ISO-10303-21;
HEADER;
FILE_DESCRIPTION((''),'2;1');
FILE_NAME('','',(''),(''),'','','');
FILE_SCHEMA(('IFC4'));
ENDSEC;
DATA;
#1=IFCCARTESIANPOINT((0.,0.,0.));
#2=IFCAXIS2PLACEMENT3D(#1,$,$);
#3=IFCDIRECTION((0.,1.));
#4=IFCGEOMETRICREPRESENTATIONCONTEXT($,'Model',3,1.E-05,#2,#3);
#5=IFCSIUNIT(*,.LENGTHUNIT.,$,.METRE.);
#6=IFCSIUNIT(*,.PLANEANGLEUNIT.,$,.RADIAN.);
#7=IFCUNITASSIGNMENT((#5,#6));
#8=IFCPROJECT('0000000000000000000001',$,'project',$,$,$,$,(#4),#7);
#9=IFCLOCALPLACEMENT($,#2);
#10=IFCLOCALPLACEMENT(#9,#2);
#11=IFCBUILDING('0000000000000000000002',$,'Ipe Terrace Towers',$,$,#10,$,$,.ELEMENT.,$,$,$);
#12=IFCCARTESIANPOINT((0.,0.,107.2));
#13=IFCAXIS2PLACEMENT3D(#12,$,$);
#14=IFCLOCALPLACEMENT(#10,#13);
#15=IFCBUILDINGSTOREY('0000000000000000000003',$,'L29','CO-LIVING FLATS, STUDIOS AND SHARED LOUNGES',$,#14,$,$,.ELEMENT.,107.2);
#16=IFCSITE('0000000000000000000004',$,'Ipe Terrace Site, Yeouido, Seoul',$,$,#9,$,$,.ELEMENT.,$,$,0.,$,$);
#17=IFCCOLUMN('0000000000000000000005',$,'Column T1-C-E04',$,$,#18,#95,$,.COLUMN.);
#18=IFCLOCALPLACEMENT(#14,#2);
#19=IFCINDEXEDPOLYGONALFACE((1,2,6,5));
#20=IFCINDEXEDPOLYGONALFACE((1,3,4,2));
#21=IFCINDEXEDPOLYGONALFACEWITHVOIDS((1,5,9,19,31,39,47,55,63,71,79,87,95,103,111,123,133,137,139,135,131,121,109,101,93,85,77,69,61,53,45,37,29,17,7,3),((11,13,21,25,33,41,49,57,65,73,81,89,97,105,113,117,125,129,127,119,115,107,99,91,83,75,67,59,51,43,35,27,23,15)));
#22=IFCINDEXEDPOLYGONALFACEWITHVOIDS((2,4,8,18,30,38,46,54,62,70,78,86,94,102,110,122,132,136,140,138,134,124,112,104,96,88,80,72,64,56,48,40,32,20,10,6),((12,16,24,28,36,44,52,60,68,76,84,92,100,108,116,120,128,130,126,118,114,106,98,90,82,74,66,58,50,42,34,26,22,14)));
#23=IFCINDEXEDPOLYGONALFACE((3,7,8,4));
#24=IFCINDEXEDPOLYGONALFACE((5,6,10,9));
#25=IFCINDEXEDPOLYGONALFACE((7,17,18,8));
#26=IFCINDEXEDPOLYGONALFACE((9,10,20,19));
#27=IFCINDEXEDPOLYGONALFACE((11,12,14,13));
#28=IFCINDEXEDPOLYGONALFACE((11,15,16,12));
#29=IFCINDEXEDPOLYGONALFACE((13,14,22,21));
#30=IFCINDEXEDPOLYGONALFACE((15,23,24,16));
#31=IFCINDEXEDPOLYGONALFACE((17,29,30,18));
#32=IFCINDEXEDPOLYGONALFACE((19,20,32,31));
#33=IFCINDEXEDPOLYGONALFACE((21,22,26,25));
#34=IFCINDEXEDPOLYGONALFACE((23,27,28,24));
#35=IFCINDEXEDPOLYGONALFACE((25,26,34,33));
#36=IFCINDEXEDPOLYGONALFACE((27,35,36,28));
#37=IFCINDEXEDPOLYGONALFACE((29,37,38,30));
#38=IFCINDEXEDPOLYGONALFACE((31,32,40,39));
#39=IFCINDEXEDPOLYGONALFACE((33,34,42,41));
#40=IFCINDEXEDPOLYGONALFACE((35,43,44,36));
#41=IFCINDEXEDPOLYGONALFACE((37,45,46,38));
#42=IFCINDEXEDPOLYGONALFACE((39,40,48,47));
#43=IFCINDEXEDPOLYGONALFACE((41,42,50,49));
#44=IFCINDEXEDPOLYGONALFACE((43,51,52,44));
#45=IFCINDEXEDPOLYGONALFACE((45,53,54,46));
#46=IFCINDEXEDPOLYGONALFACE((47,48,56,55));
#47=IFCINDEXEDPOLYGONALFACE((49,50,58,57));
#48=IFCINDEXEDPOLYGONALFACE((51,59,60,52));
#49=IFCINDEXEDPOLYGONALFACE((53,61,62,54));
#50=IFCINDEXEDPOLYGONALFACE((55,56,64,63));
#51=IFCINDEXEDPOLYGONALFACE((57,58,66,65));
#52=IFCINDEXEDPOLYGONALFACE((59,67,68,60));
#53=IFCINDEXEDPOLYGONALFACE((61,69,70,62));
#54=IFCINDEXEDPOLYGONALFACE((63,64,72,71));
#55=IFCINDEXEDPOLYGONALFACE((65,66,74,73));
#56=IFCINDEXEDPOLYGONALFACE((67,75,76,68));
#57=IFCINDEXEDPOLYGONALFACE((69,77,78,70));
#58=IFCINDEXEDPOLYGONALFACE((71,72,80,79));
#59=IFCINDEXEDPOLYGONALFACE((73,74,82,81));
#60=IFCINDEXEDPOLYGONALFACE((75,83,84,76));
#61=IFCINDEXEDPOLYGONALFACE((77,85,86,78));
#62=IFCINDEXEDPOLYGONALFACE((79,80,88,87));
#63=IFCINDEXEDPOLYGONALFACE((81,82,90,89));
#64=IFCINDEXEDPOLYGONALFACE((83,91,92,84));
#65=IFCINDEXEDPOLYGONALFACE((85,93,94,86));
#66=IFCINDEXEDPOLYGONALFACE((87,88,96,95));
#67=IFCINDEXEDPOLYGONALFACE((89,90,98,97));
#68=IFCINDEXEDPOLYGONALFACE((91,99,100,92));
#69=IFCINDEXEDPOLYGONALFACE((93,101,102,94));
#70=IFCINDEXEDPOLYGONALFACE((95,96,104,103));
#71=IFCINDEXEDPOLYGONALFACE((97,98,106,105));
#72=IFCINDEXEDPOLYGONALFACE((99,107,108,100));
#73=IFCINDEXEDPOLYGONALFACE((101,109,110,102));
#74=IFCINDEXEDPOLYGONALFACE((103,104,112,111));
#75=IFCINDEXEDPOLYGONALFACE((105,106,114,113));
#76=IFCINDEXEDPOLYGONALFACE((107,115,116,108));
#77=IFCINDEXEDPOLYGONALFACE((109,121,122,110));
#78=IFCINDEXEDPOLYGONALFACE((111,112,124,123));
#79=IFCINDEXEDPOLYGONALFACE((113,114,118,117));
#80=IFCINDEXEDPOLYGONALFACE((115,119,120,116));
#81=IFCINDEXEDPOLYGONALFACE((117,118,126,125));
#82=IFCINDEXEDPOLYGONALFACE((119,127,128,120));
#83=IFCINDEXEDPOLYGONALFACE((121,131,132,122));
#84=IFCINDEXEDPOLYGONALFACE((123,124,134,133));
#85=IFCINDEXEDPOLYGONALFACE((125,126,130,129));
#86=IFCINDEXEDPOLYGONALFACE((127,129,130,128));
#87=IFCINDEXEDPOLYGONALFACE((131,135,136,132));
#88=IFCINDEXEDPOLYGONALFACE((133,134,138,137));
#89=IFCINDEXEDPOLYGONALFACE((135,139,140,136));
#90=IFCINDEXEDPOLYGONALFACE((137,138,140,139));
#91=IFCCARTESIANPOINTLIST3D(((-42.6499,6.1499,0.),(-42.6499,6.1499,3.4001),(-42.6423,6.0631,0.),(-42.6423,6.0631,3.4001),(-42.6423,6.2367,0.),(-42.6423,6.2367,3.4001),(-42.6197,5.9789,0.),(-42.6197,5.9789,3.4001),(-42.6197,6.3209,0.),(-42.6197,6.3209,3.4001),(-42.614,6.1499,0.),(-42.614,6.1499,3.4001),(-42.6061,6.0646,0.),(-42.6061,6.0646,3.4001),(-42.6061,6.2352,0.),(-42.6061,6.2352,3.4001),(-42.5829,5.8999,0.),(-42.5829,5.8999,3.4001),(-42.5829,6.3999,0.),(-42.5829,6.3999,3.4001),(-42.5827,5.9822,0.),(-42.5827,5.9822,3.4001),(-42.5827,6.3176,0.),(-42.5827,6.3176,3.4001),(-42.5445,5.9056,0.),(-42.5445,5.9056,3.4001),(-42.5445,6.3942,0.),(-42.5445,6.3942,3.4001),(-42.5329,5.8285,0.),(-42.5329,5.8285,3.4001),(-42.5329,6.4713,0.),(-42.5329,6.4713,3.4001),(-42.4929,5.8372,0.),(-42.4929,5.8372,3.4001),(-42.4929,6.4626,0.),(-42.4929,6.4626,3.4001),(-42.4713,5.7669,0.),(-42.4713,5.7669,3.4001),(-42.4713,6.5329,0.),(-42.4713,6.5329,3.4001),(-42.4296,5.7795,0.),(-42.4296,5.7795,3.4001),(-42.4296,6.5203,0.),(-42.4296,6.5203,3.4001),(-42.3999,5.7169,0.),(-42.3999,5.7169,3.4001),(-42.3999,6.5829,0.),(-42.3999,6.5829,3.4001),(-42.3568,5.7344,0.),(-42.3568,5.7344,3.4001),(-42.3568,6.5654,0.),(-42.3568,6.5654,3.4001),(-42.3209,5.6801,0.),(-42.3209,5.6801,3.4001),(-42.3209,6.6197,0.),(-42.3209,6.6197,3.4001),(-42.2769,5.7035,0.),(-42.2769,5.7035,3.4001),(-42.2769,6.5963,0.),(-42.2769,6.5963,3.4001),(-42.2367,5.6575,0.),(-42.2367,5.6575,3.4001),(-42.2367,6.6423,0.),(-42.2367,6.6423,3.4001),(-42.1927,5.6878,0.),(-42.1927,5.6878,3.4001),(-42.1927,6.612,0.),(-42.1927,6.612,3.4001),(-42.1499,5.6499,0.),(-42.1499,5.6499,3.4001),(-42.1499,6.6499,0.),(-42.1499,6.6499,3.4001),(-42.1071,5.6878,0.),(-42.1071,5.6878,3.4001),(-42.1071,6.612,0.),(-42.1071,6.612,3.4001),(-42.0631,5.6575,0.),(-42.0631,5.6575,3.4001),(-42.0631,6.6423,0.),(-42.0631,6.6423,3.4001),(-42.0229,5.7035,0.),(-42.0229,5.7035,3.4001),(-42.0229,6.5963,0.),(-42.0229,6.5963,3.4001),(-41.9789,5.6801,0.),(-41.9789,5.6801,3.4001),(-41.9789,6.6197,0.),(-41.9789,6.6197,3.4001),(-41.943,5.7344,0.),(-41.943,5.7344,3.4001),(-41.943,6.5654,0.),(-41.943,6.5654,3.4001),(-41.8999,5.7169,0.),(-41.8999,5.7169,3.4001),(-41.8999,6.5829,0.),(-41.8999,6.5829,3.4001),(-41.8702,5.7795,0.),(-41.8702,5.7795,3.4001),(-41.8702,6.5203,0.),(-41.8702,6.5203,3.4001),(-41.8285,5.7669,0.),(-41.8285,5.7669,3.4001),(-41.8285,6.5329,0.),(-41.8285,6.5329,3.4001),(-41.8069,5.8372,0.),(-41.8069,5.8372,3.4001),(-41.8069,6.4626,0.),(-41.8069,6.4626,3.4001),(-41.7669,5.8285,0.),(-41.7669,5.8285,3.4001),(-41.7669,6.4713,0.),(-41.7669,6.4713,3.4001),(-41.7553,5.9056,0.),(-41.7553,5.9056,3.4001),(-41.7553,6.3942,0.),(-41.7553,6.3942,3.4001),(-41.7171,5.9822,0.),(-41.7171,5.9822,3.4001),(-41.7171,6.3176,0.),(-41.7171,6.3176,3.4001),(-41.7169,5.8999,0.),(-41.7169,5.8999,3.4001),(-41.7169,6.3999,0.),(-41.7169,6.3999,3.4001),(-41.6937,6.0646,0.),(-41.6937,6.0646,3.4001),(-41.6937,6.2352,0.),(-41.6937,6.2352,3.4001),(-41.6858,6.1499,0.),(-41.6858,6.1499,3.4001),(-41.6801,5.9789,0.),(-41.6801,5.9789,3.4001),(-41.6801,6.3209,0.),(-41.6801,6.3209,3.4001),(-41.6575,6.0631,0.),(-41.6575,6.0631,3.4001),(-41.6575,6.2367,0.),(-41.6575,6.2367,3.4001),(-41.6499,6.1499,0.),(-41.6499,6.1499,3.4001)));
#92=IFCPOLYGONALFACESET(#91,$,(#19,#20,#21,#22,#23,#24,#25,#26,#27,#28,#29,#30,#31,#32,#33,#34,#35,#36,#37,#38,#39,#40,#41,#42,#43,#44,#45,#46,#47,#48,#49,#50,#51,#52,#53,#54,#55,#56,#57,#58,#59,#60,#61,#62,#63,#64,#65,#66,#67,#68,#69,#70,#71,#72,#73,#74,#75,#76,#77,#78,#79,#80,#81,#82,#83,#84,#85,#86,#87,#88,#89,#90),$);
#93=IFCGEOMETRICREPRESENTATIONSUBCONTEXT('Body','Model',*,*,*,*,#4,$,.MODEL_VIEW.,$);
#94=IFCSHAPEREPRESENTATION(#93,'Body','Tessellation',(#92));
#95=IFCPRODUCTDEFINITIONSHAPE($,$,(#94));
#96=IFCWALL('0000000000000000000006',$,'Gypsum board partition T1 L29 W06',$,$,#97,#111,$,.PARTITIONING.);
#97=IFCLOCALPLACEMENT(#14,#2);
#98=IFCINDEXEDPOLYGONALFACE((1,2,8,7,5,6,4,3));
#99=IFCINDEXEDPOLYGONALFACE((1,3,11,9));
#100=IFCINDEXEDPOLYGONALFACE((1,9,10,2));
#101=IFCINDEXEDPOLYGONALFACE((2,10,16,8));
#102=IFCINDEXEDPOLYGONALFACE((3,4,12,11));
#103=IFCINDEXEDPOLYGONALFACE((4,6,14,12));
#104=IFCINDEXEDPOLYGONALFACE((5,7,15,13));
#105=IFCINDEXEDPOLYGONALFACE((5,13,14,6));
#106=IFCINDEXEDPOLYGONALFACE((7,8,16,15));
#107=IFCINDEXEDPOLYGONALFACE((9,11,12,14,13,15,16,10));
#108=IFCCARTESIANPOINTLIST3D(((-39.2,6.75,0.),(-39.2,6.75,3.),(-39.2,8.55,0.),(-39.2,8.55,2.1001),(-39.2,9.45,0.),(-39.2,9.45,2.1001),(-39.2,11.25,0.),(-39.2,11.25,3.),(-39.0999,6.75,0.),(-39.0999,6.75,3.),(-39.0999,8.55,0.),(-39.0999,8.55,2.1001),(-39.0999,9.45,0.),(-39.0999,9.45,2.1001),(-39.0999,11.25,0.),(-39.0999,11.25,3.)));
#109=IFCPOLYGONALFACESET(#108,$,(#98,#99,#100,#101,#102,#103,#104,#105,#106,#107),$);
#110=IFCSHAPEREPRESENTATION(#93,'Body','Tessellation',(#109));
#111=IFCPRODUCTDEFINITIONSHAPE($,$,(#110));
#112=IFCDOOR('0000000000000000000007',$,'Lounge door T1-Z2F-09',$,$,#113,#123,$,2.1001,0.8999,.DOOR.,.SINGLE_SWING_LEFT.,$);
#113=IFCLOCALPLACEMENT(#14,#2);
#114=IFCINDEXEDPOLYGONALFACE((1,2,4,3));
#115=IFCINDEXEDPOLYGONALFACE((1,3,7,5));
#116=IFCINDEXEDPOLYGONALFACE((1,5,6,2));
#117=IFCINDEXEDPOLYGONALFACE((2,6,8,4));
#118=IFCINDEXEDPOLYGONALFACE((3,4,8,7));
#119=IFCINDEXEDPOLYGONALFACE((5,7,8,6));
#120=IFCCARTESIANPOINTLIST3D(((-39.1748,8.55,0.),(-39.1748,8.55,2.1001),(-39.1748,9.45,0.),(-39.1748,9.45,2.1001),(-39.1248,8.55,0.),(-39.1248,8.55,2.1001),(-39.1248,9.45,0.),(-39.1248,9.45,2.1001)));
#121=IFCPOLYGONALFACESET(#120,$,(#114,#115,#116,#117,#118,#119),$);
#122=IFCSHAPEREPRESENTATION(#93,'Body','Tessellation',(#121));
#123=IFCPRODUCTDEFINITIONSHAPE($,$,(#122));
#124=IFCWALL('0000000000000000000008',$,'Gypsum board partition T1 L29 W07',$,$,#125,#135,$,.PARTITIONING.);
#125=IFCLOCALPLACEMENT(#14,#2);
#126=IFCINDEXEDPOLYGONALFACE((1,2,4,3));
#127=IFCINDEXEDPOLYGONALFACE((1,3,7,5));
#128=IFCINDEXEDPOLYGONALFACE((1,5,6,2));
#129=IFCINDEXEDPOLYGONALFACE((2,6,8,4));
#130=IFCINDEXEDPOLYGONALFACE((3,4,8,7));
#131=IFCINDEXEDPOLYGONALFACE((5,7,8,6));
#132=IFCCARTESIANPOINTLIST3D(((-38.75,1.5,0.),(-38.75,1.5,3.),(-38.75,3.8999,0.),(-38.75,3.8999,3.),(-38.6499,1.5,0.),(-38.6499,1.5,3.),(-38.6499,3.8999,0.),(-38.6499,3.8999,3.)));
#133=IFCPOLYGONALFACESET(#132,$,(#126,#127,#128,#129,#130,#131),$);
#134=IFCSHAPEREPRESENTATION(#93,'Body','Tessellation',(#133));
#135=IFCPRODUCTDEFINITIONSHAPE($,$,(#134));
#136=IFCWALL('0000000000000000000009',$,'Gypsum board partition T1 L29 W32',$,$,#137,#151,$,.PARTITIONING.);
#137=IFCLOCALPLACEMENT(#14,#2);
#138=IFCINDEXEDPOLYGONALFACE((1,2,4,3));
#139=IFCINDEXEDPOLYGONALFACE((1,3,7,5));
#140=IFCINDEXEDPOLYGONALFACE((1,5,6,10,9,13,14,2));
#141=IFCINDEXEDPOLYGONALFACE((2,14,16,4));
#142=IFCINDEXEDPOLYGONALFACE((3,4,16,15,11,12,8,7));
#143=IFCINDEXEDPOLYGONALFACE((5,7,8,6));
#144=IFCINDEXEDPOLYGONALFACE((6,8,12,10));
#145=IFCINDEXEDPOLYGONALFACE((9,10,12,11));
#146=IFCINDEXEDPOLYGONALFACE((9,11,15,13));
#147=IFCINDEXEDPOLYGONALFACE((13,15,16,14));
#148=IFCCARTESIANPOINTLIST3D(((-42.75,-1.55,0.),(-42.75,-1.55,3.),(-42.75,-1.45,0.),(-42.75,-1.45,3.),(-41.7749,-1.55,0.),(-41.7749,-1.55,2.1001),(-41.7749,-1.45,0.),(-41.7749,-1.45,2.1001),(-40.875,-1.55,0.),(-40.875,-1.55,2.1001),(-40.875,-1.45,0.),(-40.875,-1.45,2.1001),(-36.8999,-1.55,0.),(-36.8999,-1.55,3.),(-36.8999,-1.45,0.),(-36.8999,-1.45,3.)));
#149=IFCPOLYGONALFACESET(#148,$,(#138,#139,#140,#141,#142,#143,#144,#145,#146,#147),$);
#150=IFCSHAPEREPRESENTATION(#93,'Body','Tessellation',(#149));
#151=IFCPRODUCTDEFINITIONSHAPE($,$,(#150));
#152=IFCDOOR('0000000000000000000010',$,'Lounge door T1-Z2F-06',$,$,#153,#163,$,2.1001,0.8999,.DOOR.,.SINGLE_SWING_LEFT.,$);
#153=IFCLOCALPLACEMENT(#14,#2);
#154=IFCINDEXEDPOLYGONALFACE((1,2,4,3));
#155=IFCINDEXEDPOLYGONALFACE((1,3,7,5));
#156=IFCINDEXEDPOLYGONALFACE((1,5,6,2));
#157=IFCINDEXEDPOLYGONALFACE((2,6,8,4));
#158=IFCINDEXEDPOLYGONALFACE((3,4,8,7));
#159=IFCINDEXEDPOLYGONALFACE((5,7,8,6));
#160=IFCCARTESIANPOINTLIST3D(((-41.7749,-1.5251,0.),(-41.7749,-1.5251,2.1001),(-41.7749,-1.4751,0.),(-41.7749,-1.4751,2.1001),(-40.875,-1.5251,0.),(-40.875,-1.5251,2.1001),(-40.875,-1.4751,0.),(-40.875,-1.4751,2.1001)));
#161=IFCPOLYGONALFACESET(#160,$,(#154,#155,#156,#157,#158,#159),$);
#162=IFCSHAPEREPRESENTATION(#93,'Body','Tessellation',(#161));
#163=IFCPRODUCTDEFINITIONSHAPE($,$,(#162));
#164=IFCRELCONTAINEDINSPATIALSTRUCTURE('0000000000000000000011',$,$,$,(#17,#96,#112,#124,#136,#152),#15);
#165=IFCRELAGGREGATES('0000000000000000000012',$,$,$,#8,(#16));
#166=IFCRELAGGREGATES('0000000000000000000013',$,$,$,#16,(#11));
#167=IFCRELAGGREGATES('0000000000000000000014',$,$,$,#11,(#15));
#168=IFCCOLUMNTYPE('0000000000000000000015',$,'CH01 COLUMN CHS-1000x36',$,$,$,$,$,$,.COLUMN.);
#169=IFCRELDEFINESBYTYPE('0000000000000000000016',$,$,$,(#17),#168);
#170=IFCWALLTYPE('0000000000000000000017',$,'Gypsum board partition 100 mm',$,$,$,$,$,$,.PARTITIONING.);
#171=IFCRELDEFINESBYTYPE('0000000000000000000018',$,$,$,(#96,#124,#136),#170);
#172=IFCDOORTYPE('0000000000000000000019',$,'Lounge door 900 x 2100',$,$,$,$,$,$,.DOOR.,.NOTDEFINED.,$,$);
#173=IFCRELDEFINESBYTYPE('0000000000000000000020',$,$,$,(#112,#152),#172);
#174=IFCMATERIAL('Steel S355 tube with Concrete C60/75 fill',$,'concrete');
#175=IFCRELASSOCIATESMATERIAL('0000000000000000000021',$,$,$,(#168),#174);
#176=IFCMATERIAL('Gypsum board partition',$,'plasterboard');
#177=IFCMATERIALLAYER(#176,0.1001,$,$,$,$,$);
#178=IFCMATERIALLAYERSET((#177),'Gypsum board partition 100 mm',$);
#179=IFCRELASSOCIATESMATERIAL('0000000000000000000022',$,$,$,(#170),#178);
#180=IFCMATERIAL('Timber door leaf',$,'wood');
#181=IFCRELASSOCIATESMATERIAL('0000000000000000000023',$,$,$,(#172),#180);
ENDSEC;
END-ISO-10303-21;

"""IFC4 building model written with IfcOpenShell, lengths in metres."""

from ifc_helpers import new_model, si_unit, direction, frame, frame_2d, origin, origin_2d, place, context, subcontext, project, spatial, rectangle, hollow_circle, extrude, material, layer, layer_set, material_profile, profile_set, type_object, element, fill, save


model = new_model("IFC4")

# Units and contexts
model_context = context("Model", 3, precision=1e-05, world=origin(), true_north=direction((0.0, 1.0)))
body_context = subcontext(model_context, "Body", "Model", "MODEL_VIEW")
ifc_project = project(units=[si_unit("LENGTHUNIT", "METRE"), si_unit("PLANEANGLEUNIT", "RADIAN")], contexts=[model_context])

# Site, building, storey
site_placement = place(None, origin())
site = spatial("IfcSite", under=ifc_project, at=site_placement, Name="Ipe Terrace Site, Yeouido, Seoul", CompositionType="ELEMENT", RefElevation=0.0)
building_placement = place(site_placement, origin())
building = spatial("IfcBuilding", under=site, at=building_placement, Name="Ipe Terrace Towers", CompositionType="ELEMENT")
storey_placement = place(building_placement, frame((0.0, 0.0, 107.2)))
storey = spatial("IfcBuildingStorey", under=building, at=storey_placement, Name="L29", Description="CO-LIVING FLATS, STUDIOS AND SHARED LOUNGES", CompositionType="ELEMENT", Elevation=107.2)

# Column
ifc_material_1 = material(Name="Steel S355 tube with Concrete C60/75 fill", Category="concrete")
ifc_material_profile = material_profile(ifc_material_1, hollow_circle(Radius=0.5, WallThickness=0.0359, at=origin_2d()), Name="CHS-1000x36")
ifc_profile_set = profile_set([ifc_material_profile], Name="Steel S355 tube with Concrete C60/75 fill")
column_type = type_object("IfcColumnType", Name="CH01 COLUMN CHS-1000x36", PredefinedType="COLUMN", material=ifc_profile_set)
column_placement = place(storey_placement, frame((-42.1499, 6.1499, 0.0), z_axis=(0.0, 0.0, 1.0), x_axis=(1.0, 0.0, 0.0)))
element("IfcColumn", 1, at=column_placement, inside=storey, type_object=column_type, Name="Column T1-C-E04", PredefinedType="COLUMN", context=body_context, shape_type="SweptSolid", body=[
    extrude(hollow_circle(Radius=0.5, WallThickness=0.0359, at=origin_2d()), origin(), (0.0, 0.0, 1.0), 3.4001),
])

# Wall, opening, door
ifc_material_2 = material(Name="Gypsum board partition", Category="plasterboard")
ifc_layer_1 = layer(ifc_material_2, 0.1001)
ifc_layer_set_1 = layer_set([ifc_layer_1], Name="Gypsum board partition 100 mm")
wall_type_1 = type_object("IfcWallType", Name="Gypsum board partition 100 mm", PredefinedType="PARTITIONING", material=ifc_layer_set_1)
wall_1_placement = place(storey_placement, frame((-39.1499, 6.75, 0.0), z_axis=(0.0, 0.0, 1.0), x_axis=(0.0, 1.0, 0.0)))
wall_1 = element("IfcWall", 2, at=wall_1_placement, inside=storey, type_object=wall_type_1, Name="Gypsum board partition T1 L29 W06", PredefinedType="PARTITIONING", context=body_context, shape_type="SweptSolid", body=[
    extrude(rectangle(XDim=4.5, YDim=0.1001, at=frame_2d((2.25, 0.0))), origin(), (0.0, 0.0, 1.0), 3.0),
])
opening_1_placement = place(wall_1_placement, frame((1.8, 0.0, 0.0)))
opening_1 = element("IfcOpeningElement", 3, at=opening_1_placement, cuts=wall_1, PredefinedType="OPENING", context=body_context, shape_type="SweptSolid", body=[
    extrude(rectangle(XDim=0.8999, YDim=2.1001, at=frame_2d((0.45, 1.05))), frame((0.0, 0.0601, 0.0), z_axis=(0.0, -1.0, 0.0), x_axis=(1.0, 0.0, 0.0)), (0.0, 0.0, 1.0), 0.1201),
])
ifc_material_3 = material(Name="Timber door leaf", Category="wood")
door_type_1 = type_object("IfcDoorType", Name="Lounge door 900 x 2100", OperationType="NOTDEFINED", PredefinedType="DOOR", material=ifc_material_3)
door_1_placement = place(opening_1_placement, origin())
door_1 = element("IfcDoor", 4, at=door_1_placement, inside=storey, type_object=door_type_1, Name="Lounge door T1-Z2F-09", OperationType="SINGLE_SWING_LEFT", OverallHeight=2.1001, OverallWidth=0.8999, PredefinedType="DOOR", context=body_context, shape_type="SweptSolid", body=[
    extrude(rectangle(XDim=0.8999, YDim=2.1001, at=frame_2d((0.45, 1.05))), frame((0.0, 0.0249, 0.0), z_axis=(0.0, -1.0, 0.0), x_axis=(1.0, 0.0, 0.0)), (0.0, 0.0, 1.0), 0.05),
])
fill(opening_1, door_1)

# Wall
wall_2_placement = place(storey_placement, frame((-38.7, 1.5, 0.0), z_axis=(0.0, 0.0, 1.0), x_axis=(0.0, 1.0, 0.0)))
element("IfcWall", 5, at=wall_2_placement, inside=storey, type_object=wall_type_1, Name="Gypsum board partition T1 L29 W07", PredefinedType="PARTITIONING", context=body_context, shape_type="SweptSolid", body=[
    extrude(rectangle(XDim=2.3999, YDim=0.1001, at=frame_2d((1.2, 0.0))), origin(), (0.0, 0.0, 1.0), 3.0),
])

# Wall, opening, door
wall_3_placement = place(storey_placement, frame((-42.75, -1.5, 0.0), z_axis=(0.0, 0.0, 1.0), x_axis=(1.0, 0.0, 0.0)))
wall_3 = element("IfcWall", 6, at=wall_3_placement, inside=storey, type_object=wall_type_1, Name="Gypsum board partition T1 L29 W32", PredefinedType="PARTITIONING", context=body_context, shape_type="SweptSolid", body=[
    extrude(rectangle(XDim=5.8501, YDim=0.1001, at=frame_2d((2.925, 0.0))), origin(), (0.0, 0.0, 1.0), 3.0),
])
opening_2_placement = place(wall_3_placement, frame((0.9751, 0.0, 0.0)))
opening_2 = element("IfcOpeningElement", 7, at=opening_2_placement, cuts=wall_3, PredefinedType="OPENING", context=body_context, shape_type="SweptSolid", body=[
    extrude(rectangle(XDim=0.8999, YDim=2.1001, at=frame_2d((0.45, 1.05))), frame((0.0, 0.0601, 0.0), z_axis=(0.0, -1.0, 0.0), x_axis=(1.0, 0.0, 0.0)), (0.0, 0.0, 1.0), 0.1201),
])
door_2_placement = place(opening_2_placement, origin())
door_2 = element("IfcDoor", 8, at=door_2_placement, inside=storey, type_object=door_type_1, Name="Lounge door T1-Z2F-06", OperationType="SINGLE_SWING_LEFT", OverallHeight=2.1001, OverallWidth=0.8999, PredefinedType="DOOR", context=body_context, shape_type="SweptSolid", body=[
    extrude(rectangle(XDim=0.8999, YDim=2.1001, at=frame_2d((0.45, 1.05))), frame((0.0, 0.0249, 0.0), z_axis=(0.0, -1.0, 0.0), x_axis=(1.0, 0.0, 0.0)), (0.0, 0.0, 1.0), 0.05),
])
fill(opening_2, door_2)

save(model, "model.ifc")
